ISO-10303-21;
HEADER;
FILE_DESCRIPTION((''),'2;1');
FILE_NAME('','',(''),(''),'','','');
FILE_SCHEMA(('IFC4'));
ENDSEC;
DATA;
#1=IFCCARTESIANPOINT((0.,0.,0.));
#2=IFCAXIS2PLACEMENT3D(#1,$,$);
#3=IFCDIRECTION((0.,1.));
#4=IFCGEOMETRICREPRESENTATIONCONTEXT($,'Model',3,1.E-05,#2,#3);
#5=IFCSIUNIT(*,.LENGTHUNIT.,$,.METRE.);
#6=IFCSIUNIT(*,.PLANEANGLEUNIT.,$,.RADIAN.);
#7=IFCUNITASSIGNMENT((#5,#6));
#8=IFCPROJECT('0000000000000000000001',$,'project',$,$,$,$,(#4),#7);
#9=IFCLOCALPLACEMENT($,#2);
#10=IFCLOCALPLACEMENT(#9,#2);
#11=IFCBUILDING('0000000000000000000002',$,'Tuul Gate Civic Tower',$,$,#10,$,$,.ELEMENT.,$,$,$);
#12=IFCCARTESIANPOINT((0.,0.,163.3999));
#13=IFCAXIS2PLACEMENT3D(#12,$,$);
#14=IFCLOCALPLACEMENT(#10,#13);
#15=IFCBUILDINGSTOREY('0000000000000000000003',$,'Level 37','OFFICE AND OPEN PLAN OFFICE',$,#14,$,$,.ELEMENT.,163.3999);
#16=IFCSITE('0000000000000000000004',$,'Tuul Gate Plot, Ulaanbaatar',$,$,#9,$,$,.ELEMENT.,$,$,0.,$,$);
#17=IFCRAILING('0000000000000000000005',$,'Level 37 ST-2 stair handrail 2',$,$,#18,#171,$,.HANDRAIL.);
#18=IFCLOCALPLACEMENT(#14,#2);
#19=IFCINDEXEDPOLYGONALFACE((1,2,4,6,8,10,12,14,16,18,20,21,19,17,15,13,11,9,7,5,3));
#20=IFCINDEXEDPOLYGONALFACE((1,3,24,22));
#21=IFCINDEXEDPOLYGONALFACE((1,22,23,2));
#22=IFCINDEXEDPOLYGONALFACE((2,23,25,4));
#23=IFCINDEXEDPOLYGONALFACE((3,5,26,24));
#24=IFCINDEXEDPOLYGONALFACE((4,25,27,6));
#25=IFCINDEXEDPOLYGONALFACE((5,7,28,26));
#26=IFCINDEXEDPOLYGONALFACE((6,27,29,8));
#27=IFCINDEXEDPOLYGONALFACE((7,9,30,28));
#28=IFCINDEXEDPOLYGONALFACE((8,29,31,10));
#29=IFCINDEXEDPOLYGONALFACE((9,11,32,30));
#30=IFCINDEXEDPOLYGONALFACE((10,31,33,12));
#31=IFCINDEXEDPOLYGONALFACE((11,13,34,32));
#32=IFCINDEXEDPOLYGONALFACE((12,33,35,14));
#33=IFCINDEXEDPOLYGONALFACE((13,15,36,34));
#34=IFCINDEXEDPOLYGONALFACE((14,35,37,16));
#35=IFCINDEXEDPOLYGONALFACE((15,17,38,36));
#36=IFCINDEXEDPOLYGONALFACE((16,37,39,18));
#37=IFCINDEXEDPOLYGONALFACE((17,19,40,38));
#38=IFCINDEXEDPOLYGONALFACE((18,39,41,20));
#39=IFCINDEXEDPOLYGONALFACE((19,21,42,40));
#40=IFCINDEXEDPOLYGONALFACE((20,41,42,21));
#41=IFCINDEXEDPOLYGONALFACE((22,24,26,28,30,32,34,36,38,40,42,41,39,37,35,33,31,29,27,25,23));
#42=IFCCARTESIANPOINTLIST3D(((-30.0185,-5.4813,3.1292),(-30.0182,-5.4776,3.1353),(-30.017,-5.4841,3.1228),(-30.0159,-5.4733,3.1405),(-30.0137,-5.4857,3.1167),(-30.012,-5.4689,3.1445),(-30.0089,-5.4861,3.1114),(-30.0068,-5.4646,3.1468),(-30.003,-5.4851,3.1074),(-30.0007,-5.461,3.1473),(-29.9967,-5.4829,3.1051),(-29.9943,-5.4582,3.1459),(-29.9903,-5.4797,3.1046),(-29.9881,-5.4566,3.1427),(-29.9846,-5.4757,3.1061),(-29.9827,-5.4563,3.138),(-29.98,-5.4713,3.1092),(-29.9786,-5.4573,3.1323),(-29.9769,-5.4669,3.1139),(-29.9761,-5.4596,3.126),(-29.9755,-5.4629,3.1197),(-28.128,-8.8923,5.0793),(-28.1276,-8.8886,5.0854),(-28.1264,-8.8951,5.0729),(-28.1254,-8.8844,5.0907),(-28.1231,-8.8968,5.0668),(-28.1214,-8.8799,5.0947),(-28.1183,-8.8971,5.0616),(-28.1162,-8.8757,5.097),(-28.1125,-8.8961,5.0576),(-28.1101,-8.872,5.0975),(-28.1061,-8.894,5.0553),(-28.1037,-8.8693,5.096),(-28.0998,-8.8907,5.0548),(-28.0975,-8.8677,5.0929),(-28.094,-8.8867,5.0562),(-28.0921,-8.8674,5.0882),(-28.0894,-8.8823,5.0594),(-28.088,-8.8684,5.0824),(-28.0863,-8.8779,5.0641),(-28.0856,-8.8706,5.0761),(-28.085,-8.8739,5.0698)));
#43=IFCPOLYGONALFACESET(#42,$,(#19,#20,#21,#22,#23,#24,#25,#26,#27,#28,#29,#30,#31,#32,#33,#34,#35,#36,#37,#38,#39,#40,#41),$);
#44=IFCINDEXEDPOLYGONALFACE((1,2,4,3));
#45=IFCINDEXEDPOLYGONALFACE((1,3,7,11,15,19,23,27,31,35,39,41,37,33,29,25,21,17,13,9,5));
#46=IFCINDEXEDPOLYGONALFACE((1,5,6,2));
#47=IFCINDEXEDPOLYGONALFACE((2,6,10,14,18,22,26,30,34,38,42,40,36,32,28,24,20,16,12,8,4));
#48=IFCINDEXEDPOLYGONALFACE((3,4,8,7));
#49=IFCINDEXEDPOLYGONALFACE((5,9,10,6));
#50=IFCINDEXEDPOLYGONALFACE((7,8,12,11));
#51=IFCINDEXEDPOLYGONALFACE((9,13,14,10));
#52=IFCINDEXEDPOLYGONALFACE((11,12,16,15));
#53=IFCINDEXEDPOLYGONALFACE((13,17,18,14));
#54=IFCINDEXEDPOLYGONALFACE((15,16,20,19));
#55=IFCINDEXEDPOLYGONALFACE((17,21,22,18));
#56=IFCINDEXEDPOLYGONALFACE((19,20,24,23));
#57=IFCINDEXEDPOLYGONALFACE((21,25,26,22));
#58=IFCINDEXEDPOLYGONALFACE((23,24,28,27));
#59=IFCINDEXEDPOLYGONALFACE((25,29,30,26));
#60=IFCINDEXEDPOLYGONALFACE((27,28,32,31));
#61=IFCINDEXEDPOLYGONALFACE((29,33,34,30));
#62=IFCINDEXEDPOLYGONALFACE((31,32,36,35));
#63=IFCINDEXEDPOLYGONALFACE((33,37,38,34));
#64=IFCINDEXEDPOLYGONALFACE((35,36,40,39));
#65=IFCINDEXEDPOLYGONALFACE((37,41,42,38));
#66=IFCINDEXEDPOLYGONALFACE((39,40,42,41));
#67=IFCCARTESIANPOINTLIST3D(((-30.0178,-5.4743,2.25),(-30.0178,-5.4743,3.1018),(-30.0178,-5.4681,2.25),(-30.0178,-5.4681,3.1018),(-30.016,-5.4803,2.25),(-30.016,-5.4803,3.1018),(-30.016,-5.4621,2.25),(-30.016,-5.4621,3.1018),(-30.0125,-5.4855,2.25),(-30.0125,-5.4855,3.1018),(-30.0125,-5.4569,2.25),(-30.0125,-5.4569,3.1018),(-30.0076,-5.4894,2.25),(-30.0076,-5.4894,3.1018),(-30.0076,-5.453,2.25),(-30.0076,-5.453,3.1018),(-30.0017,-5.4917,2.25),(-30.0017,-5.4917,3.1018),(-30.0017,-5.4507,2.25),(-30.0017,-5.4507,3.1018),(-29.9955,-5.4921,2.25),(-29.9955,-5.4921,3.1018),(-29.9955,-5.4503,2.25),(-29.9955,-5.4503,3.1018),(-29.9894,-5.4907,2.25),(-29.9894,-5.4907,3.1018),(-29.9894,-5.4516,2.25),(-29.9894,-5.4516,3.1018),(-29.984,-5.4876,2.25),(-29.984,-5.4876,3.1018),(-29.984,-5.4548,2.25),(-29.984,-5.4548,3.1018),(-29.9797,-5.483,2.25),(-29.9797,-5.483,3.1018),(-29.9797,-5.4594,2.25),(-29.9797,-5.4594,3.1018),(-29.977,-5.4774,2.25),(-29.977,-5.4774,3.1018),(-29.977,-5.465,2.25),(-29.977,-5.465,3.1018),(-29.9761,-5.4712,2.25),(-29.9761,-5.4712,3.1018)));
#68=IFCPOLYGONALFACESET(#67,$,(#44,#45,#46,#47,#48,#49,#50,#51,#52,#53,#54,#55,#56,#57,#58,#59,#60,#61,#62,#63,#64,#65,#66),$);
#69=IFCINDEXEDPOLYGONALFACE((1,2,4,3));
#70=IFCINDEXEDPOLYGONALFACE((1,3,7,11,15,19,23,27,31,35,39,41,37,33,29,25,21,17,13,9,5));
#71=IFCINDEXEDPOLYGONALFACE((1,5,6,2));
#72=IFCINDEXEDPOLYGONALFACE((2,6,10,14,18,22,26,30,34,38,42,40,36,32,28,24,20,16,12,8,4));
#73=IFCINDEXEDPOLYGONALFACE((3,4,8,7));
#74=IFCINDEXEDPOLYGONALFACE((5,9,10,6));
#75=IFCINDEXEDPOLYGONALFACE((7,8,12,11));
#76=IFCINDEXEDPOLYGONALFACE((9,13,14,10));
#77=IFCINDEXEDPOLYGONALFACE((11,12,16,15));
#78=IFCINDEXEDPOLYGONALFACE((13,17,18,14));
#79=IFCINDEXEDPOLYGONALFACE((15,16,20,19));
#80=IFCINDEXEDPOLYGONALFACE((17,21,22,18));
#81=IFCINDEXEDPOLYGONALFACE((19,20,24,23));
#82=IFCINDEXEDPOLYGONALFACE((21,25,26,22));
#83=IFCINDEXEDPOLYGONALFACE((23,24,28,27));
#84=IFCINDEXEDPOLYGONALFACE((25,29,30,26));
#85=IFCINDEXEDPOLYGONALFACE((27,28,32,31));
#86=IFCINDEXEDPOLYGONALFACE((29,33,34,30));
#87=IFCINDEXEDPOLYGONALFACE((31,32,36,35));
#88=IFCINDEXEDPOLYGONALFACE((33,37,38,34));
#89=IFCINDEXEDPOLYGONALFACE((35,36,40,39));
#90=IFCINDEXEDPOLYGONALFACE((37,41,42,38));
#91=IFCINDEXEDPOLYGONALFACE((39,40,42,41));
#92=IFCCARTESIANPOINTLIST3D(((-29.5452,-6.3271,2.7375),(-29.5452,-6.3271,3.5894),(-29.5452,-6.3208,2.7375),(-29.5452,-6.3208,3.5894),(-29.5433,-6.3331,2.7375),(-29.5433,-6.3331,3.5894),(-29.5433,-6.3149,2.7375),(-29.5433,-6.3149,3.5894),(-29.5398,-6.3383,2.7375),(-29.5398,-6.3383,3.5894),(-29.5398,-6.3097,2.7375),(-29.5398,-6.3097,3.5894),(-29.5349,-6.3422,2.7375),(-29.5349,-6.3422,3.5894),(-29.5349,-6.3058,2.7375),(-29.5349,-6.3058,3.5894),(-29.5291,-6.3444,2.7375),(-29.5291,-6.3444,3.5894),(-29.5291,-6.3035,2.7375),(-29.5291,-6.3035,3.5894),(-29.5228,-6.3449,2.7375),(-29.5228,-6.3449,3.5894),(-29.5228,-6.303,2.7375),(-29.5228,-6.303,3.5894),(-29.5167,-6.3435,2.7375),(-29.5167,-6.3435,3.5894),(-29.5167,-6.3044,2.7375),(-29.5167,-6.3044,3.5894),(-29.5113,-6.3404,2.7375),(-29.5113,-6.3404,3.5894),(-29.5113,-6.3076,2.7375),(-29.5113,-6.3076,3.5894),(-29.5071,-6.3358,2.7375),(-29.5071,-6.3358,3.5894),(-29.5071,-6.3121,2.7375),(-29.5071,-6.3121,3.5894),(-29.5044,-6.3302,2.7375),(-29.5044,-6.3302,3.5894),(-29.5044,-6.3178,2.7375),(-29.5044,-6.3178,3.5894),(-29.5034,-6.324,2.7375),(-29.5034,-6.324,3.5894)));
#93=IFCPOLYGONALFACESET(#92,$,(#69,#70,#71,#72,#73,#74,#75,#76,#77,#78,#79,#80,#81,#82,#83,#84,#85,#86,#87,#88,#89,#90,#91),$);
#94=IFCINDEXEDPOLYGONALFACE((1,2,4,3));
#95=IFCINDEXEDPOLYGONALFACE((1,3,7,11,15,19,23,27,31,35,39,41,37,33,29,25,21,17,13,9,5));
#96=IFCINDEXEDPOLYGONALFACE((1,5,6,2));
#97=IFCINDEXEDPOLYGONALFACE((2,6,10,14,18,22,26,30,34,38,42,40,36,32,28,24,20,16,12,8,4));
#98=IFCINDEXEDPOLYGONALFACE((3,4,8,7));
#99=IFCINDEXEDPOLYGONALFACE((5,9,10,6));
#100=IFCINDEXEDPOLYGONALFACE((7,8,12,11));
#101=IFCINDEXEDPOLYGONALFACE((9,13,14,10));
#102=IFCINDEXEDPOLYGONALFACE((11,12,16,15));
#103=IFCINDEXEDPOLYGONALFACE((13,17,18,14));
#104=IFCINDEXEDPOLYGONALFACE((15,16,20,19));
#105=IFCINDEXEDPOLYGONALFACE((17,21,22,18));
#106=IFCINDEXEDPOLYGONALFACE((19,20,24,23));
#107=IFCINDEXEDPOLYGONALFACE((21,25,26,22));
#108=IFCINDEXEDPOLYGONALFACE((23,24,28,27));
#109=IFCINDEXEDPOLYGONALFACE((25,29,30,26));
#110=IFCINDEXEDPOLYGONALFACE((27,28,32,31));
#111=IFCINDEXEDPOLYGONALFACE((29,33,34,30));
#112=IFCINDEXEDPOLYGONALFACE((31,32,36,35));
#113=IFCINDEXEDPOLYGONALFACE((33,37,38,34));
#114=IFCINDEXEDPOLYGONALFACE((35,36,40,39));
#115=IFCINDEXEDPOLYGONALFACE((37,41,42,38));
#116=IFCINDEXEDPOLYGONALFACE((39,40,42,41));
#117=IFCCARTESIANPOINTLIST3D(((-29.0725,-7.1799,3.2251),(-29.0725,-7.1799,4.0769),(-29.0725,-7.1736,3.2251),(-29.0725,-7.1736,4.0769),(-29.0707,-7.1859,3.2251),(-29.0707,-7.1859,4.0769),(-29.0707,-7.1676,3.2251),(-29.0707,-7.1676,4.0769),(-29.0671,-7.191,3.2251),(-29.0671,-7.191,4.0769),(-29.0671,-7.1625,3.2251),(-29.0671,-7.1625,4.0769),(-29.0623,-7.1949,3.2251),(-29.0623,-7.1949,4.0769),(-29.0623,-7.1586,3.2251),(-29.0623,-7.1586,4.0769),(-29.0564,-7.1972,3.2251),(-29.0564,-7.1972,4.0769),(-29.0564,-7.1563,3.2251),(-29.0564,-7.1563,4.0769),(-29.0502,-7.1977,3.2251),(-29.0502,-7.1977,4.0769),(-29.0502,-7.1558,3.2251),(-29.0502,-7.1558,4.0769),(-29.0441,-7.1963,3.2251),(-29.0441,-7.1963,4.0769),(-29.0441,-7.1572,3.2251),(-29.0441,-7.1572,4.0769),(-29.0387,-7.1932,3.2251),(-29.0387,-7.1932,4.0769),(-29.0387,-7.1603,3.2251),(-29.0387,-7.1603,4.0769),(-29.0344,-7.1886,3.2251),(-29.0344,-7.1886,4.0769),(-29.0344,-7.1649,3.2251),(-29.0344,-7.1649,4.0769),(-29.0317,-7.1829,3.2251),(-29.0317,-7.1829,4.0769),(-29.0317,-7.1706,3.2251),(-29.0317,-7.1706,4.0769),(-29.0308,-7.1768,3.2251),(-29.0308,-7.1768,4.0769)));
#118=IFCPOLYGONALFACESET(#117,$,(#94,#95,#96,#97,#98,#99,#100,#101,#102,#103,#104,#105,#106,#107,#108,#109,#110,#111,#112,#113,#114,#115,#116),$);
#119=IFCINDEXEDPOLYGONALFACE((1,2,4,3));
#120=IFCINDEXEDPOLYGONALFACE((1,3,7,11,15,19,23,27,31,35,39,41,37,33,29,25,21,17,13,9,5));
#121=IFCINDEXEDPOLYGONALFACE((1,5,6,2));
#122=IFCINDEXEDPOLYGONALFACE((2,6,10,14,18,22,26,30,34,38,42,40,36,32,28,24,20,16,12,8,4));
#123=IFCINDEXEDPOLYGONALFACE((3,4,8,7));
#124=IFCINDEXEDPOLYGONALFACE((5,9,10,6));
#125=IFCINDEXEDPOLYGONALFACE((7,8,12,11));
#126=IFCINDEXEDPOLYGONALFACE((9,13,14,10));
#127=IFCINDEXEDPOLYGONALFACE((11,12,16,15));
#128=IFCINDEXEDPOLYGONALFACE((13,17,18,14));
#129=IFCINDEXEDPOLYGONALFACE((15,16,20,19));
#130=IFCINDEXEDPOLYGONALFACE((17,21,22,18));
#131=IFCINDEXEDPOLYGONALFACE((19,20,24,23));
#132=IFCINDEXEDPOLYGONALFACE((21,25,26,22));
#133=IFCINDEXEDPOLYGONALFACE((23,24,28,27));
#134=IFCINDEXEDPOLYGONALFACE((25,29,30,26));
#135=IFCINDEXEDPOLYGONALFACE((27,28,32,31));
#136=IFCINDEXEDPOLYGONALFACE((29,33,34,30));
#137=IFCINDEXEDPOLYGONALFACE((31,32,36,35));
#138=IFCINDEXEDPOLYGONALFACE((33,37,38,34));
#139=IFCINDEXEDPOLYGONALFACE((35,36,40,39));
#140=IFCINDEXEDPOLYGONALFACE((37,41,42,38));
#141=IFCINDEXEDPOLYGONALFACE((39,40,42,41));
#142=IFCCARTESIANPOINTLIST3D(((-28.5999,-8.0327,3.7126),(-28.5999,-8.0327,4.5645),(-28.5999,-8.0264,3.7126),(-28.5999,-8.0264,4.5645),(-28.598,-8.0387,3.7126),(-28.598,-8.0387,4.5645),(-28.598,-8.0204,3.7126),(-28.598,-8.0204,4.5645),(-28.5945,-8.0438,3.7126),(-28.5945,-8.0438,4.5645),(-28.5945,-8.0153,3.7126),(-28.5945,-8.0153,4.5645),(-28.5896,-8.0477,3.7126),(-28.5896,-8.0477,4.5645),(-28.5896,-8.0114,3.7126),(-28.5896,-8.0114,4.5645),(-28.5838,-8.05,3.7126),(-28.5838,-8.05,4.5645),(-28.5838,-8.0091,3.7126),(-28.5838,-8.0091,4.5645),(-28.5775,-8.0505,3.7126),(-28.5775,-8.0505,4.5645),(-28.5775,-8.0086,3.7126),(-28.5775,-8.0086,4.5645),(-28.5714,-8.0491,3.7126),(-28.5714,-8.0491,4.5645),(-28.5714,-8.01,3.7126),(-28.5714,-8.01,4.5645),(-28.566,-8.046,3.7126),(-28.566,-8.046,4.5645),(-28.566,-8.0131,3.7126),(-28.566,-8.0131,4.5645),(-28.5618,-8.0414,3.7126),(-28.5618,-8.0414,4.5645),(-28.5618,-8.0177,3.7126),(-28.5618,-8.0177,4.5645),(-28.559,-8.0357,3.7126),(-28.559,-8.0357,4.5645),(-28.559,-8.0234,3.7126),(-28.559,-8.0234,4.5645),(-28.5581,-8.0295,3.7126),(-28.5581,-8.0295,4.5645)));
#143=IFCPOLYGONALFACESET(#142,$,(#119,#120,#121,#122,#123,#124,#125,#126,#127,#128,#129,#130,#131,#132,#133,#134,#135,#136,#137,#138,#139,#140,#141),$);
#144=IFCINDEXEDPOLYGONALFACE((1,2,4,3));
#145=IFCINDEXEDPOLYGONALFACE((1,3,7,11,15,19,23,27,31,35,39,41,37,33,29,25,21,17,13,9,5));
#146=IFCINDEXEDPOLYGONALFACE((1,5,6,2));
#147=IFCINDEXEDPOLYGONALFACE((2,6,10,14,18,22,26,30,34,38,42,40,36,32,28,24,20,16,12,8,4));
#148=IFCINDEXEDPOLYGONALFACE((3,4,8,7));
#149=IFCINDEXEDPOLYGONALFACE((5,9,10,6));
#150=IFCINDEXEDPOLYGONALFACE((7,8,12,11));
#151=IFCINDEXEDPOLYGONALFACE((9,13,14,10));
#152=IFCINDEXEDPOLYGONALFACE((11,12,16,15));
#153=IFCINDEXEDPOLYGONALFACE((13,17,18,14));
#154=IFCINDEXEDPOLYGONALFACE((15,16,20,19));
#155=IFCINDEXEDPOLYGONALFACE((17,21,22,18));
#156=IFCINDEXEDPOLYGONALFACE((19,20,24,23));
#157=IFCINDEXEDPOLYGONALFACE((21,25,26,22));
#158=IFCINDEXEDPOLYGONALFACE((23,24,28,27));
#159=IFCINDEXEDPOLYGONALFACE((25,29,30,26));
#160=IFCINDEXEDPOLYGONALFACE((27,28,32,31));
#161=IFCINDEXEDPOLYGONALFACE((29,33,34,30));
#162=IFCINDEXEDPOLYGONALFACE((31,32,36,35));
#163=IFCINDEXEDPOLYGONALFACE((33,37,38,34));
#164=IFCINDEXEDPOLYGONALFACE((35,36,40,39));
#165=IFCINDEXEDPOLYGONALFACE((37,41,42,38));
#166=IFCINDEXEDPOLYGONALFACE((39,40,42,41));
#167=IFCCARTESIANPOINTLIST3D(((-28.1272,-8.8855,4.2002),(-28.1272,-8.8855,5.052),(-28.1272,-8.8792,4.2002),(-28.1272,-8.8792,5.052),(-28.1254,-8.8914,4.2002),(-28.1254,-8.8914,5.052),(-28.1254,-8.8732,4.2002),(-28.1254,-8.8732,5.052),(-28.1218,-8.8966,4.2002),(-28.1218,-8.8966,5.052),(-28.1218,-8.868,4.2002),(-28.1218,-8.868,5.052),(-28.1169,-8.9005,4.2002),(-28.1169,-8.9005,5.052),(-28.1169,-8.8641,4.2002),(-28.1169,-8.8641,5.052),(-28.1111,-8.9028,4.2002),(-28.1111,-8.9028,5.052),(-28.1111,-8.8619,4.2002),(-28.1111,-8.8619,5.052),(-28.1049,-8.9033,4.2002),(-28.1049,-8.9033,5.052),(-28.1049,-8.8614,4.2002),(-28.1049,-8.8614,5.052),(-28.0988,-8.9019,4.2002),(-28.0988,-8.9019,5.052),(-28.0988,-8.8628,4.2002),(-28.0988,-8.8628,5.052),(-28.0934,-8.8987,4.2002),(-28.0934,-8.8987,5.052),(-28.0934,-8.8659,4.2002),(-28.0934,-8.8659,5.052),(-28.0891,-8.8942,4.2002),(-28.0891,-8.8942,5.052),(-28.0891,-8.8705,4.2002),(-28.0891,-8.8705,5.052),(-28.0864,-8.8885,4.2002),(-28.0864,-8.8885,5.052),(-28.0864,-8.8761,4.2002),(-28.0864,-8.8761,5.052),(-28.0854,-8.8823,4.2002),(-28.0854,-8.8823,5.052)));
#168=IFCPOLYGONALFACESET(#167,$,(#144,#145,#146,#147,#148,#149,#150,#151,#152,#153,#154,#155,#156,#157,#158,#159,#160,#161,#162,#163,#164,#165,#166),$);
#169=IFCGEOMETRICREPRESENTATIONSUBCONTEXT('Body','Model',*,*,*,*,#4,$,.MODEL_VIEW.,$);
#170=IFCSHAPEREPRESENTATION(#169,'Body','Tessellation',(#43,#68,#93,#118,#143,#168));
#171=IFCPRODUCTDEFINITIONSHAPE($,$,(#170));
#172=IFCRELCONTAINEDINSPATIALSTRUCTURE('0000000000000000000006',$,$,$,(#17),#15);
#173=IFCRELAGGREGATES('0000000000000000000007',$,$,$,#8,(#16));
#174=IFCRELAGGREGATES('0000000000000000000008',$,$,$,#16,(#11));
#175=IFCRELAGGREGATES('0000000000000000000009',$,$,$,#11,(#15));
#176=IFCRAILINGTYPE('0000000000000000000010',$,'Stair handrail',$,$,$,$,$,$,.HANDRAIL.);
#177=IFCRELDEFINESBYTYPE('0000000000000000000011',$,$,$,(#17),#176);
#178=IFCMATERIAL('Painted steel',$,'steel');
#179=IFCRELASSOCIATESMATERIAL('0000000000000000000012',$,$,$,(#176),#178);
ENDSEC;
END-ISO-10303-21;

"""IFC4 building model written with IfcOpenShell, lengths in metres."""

from ifc_helpers import new_model, si_unit, direction, frame, origin, origin_2d, place, context, subcontext, project, spatial, circle, extrude, material, type_object, element, save


model = new_model("IFC4")

# Units and contexts
model_context = context("Model", 3, precision=1e-05, world=origin(), true_north=direction((0.0, 1.0)))
body_context = subcontext(model_context, "Body", "Model", "MODEL_VIEW")
ifc_project = project(units=[si_unit("LENGTHUNIT", "METRE"), si_unit("PLANEANGLEUNIT", "RADIAN")], contexts=[model_context])

# Site, building, storey
site_placement = place(None, origin())
site = spatial("IfcSite", under=ifc_project, at=site_placement, Name="Tuul Gate Plot, Ulaanbaatar", CompositionType="ELEMENT", RefElevation=0.0)
building_placement = place(site_placement, origin())
building = spatial("IfcBuilding", under=site, at=building_placement, Name="Tuul Gate Civic Tower", CompositionType="ELEMENT")
storey_placement = place(building_placement, frame((0.0, 0.0, 163.3999)))
storey = spatial("IfcBuildingStorey", under=building, at=storey_placement, Name="Level 37", Description="OFFICE AND OPEN PLAN OFFICE", CompositionType="ELEMENT", Elevation=163.3999)

# Railing
ifc_material_1 = material(Name="Painted steel", Category="steel")
railing_type_1 = type_object("IfcRailingType", Name="Stair handrail", PredefinedType="HANDRAIL", material=ifc_material_1)
railing_1_placement = place(storey_placement, frame((-29.9971, -5.4712, 2.25)))
element("IfcRailing", 1, at=railing_1_placement, inside=storey, type_object=railing_type_1, Name="Level 37 ST-2 stair handrail 2", PredefinedType="HANDRAIL", context=body_context, shape_type="SweptSolid", body=[
    extrude(circle(Radius=0.0239, at=origin_2d()), frame((0.0, 0.0, 0.876), z_axis=(0.433585, -0.782289, 0.447246), x_axis=(0.874641, 0.484771, 0.0)), (0.0, 0.0, 1.0), 4.3604),
    extrude(circle(Radius=0.021, at=origin_2d()), origin(), (0.0, 0.0, 1.0), 0.8518),
    extrude(circle(Radius=0.021, at=origin_2d()), frame((0.4727, -0.8528, 0.4875)), (0.0, 0.0, 1.0), 0.8518),
    extrude(circle(Radius=0.021, at=origin_2d()), frame((0.9453, -1.7056, 0.9751)), (0.0, 0.0, 1.0), 0.8518),
    extrude(circle(Radius=0.021, at=origin_2d()), frame((1.418, -2.5583, 1.4626)), (0.0, 0.0, 1.0), 0.8518),
    extrude(circle(Radius=0.021, at=origin_2d()), frame((1.8906, -3.4111, 1.9502)), (0.0, 0.0, 1.0), 0.8518),
])

save(model, "model.ifc")
